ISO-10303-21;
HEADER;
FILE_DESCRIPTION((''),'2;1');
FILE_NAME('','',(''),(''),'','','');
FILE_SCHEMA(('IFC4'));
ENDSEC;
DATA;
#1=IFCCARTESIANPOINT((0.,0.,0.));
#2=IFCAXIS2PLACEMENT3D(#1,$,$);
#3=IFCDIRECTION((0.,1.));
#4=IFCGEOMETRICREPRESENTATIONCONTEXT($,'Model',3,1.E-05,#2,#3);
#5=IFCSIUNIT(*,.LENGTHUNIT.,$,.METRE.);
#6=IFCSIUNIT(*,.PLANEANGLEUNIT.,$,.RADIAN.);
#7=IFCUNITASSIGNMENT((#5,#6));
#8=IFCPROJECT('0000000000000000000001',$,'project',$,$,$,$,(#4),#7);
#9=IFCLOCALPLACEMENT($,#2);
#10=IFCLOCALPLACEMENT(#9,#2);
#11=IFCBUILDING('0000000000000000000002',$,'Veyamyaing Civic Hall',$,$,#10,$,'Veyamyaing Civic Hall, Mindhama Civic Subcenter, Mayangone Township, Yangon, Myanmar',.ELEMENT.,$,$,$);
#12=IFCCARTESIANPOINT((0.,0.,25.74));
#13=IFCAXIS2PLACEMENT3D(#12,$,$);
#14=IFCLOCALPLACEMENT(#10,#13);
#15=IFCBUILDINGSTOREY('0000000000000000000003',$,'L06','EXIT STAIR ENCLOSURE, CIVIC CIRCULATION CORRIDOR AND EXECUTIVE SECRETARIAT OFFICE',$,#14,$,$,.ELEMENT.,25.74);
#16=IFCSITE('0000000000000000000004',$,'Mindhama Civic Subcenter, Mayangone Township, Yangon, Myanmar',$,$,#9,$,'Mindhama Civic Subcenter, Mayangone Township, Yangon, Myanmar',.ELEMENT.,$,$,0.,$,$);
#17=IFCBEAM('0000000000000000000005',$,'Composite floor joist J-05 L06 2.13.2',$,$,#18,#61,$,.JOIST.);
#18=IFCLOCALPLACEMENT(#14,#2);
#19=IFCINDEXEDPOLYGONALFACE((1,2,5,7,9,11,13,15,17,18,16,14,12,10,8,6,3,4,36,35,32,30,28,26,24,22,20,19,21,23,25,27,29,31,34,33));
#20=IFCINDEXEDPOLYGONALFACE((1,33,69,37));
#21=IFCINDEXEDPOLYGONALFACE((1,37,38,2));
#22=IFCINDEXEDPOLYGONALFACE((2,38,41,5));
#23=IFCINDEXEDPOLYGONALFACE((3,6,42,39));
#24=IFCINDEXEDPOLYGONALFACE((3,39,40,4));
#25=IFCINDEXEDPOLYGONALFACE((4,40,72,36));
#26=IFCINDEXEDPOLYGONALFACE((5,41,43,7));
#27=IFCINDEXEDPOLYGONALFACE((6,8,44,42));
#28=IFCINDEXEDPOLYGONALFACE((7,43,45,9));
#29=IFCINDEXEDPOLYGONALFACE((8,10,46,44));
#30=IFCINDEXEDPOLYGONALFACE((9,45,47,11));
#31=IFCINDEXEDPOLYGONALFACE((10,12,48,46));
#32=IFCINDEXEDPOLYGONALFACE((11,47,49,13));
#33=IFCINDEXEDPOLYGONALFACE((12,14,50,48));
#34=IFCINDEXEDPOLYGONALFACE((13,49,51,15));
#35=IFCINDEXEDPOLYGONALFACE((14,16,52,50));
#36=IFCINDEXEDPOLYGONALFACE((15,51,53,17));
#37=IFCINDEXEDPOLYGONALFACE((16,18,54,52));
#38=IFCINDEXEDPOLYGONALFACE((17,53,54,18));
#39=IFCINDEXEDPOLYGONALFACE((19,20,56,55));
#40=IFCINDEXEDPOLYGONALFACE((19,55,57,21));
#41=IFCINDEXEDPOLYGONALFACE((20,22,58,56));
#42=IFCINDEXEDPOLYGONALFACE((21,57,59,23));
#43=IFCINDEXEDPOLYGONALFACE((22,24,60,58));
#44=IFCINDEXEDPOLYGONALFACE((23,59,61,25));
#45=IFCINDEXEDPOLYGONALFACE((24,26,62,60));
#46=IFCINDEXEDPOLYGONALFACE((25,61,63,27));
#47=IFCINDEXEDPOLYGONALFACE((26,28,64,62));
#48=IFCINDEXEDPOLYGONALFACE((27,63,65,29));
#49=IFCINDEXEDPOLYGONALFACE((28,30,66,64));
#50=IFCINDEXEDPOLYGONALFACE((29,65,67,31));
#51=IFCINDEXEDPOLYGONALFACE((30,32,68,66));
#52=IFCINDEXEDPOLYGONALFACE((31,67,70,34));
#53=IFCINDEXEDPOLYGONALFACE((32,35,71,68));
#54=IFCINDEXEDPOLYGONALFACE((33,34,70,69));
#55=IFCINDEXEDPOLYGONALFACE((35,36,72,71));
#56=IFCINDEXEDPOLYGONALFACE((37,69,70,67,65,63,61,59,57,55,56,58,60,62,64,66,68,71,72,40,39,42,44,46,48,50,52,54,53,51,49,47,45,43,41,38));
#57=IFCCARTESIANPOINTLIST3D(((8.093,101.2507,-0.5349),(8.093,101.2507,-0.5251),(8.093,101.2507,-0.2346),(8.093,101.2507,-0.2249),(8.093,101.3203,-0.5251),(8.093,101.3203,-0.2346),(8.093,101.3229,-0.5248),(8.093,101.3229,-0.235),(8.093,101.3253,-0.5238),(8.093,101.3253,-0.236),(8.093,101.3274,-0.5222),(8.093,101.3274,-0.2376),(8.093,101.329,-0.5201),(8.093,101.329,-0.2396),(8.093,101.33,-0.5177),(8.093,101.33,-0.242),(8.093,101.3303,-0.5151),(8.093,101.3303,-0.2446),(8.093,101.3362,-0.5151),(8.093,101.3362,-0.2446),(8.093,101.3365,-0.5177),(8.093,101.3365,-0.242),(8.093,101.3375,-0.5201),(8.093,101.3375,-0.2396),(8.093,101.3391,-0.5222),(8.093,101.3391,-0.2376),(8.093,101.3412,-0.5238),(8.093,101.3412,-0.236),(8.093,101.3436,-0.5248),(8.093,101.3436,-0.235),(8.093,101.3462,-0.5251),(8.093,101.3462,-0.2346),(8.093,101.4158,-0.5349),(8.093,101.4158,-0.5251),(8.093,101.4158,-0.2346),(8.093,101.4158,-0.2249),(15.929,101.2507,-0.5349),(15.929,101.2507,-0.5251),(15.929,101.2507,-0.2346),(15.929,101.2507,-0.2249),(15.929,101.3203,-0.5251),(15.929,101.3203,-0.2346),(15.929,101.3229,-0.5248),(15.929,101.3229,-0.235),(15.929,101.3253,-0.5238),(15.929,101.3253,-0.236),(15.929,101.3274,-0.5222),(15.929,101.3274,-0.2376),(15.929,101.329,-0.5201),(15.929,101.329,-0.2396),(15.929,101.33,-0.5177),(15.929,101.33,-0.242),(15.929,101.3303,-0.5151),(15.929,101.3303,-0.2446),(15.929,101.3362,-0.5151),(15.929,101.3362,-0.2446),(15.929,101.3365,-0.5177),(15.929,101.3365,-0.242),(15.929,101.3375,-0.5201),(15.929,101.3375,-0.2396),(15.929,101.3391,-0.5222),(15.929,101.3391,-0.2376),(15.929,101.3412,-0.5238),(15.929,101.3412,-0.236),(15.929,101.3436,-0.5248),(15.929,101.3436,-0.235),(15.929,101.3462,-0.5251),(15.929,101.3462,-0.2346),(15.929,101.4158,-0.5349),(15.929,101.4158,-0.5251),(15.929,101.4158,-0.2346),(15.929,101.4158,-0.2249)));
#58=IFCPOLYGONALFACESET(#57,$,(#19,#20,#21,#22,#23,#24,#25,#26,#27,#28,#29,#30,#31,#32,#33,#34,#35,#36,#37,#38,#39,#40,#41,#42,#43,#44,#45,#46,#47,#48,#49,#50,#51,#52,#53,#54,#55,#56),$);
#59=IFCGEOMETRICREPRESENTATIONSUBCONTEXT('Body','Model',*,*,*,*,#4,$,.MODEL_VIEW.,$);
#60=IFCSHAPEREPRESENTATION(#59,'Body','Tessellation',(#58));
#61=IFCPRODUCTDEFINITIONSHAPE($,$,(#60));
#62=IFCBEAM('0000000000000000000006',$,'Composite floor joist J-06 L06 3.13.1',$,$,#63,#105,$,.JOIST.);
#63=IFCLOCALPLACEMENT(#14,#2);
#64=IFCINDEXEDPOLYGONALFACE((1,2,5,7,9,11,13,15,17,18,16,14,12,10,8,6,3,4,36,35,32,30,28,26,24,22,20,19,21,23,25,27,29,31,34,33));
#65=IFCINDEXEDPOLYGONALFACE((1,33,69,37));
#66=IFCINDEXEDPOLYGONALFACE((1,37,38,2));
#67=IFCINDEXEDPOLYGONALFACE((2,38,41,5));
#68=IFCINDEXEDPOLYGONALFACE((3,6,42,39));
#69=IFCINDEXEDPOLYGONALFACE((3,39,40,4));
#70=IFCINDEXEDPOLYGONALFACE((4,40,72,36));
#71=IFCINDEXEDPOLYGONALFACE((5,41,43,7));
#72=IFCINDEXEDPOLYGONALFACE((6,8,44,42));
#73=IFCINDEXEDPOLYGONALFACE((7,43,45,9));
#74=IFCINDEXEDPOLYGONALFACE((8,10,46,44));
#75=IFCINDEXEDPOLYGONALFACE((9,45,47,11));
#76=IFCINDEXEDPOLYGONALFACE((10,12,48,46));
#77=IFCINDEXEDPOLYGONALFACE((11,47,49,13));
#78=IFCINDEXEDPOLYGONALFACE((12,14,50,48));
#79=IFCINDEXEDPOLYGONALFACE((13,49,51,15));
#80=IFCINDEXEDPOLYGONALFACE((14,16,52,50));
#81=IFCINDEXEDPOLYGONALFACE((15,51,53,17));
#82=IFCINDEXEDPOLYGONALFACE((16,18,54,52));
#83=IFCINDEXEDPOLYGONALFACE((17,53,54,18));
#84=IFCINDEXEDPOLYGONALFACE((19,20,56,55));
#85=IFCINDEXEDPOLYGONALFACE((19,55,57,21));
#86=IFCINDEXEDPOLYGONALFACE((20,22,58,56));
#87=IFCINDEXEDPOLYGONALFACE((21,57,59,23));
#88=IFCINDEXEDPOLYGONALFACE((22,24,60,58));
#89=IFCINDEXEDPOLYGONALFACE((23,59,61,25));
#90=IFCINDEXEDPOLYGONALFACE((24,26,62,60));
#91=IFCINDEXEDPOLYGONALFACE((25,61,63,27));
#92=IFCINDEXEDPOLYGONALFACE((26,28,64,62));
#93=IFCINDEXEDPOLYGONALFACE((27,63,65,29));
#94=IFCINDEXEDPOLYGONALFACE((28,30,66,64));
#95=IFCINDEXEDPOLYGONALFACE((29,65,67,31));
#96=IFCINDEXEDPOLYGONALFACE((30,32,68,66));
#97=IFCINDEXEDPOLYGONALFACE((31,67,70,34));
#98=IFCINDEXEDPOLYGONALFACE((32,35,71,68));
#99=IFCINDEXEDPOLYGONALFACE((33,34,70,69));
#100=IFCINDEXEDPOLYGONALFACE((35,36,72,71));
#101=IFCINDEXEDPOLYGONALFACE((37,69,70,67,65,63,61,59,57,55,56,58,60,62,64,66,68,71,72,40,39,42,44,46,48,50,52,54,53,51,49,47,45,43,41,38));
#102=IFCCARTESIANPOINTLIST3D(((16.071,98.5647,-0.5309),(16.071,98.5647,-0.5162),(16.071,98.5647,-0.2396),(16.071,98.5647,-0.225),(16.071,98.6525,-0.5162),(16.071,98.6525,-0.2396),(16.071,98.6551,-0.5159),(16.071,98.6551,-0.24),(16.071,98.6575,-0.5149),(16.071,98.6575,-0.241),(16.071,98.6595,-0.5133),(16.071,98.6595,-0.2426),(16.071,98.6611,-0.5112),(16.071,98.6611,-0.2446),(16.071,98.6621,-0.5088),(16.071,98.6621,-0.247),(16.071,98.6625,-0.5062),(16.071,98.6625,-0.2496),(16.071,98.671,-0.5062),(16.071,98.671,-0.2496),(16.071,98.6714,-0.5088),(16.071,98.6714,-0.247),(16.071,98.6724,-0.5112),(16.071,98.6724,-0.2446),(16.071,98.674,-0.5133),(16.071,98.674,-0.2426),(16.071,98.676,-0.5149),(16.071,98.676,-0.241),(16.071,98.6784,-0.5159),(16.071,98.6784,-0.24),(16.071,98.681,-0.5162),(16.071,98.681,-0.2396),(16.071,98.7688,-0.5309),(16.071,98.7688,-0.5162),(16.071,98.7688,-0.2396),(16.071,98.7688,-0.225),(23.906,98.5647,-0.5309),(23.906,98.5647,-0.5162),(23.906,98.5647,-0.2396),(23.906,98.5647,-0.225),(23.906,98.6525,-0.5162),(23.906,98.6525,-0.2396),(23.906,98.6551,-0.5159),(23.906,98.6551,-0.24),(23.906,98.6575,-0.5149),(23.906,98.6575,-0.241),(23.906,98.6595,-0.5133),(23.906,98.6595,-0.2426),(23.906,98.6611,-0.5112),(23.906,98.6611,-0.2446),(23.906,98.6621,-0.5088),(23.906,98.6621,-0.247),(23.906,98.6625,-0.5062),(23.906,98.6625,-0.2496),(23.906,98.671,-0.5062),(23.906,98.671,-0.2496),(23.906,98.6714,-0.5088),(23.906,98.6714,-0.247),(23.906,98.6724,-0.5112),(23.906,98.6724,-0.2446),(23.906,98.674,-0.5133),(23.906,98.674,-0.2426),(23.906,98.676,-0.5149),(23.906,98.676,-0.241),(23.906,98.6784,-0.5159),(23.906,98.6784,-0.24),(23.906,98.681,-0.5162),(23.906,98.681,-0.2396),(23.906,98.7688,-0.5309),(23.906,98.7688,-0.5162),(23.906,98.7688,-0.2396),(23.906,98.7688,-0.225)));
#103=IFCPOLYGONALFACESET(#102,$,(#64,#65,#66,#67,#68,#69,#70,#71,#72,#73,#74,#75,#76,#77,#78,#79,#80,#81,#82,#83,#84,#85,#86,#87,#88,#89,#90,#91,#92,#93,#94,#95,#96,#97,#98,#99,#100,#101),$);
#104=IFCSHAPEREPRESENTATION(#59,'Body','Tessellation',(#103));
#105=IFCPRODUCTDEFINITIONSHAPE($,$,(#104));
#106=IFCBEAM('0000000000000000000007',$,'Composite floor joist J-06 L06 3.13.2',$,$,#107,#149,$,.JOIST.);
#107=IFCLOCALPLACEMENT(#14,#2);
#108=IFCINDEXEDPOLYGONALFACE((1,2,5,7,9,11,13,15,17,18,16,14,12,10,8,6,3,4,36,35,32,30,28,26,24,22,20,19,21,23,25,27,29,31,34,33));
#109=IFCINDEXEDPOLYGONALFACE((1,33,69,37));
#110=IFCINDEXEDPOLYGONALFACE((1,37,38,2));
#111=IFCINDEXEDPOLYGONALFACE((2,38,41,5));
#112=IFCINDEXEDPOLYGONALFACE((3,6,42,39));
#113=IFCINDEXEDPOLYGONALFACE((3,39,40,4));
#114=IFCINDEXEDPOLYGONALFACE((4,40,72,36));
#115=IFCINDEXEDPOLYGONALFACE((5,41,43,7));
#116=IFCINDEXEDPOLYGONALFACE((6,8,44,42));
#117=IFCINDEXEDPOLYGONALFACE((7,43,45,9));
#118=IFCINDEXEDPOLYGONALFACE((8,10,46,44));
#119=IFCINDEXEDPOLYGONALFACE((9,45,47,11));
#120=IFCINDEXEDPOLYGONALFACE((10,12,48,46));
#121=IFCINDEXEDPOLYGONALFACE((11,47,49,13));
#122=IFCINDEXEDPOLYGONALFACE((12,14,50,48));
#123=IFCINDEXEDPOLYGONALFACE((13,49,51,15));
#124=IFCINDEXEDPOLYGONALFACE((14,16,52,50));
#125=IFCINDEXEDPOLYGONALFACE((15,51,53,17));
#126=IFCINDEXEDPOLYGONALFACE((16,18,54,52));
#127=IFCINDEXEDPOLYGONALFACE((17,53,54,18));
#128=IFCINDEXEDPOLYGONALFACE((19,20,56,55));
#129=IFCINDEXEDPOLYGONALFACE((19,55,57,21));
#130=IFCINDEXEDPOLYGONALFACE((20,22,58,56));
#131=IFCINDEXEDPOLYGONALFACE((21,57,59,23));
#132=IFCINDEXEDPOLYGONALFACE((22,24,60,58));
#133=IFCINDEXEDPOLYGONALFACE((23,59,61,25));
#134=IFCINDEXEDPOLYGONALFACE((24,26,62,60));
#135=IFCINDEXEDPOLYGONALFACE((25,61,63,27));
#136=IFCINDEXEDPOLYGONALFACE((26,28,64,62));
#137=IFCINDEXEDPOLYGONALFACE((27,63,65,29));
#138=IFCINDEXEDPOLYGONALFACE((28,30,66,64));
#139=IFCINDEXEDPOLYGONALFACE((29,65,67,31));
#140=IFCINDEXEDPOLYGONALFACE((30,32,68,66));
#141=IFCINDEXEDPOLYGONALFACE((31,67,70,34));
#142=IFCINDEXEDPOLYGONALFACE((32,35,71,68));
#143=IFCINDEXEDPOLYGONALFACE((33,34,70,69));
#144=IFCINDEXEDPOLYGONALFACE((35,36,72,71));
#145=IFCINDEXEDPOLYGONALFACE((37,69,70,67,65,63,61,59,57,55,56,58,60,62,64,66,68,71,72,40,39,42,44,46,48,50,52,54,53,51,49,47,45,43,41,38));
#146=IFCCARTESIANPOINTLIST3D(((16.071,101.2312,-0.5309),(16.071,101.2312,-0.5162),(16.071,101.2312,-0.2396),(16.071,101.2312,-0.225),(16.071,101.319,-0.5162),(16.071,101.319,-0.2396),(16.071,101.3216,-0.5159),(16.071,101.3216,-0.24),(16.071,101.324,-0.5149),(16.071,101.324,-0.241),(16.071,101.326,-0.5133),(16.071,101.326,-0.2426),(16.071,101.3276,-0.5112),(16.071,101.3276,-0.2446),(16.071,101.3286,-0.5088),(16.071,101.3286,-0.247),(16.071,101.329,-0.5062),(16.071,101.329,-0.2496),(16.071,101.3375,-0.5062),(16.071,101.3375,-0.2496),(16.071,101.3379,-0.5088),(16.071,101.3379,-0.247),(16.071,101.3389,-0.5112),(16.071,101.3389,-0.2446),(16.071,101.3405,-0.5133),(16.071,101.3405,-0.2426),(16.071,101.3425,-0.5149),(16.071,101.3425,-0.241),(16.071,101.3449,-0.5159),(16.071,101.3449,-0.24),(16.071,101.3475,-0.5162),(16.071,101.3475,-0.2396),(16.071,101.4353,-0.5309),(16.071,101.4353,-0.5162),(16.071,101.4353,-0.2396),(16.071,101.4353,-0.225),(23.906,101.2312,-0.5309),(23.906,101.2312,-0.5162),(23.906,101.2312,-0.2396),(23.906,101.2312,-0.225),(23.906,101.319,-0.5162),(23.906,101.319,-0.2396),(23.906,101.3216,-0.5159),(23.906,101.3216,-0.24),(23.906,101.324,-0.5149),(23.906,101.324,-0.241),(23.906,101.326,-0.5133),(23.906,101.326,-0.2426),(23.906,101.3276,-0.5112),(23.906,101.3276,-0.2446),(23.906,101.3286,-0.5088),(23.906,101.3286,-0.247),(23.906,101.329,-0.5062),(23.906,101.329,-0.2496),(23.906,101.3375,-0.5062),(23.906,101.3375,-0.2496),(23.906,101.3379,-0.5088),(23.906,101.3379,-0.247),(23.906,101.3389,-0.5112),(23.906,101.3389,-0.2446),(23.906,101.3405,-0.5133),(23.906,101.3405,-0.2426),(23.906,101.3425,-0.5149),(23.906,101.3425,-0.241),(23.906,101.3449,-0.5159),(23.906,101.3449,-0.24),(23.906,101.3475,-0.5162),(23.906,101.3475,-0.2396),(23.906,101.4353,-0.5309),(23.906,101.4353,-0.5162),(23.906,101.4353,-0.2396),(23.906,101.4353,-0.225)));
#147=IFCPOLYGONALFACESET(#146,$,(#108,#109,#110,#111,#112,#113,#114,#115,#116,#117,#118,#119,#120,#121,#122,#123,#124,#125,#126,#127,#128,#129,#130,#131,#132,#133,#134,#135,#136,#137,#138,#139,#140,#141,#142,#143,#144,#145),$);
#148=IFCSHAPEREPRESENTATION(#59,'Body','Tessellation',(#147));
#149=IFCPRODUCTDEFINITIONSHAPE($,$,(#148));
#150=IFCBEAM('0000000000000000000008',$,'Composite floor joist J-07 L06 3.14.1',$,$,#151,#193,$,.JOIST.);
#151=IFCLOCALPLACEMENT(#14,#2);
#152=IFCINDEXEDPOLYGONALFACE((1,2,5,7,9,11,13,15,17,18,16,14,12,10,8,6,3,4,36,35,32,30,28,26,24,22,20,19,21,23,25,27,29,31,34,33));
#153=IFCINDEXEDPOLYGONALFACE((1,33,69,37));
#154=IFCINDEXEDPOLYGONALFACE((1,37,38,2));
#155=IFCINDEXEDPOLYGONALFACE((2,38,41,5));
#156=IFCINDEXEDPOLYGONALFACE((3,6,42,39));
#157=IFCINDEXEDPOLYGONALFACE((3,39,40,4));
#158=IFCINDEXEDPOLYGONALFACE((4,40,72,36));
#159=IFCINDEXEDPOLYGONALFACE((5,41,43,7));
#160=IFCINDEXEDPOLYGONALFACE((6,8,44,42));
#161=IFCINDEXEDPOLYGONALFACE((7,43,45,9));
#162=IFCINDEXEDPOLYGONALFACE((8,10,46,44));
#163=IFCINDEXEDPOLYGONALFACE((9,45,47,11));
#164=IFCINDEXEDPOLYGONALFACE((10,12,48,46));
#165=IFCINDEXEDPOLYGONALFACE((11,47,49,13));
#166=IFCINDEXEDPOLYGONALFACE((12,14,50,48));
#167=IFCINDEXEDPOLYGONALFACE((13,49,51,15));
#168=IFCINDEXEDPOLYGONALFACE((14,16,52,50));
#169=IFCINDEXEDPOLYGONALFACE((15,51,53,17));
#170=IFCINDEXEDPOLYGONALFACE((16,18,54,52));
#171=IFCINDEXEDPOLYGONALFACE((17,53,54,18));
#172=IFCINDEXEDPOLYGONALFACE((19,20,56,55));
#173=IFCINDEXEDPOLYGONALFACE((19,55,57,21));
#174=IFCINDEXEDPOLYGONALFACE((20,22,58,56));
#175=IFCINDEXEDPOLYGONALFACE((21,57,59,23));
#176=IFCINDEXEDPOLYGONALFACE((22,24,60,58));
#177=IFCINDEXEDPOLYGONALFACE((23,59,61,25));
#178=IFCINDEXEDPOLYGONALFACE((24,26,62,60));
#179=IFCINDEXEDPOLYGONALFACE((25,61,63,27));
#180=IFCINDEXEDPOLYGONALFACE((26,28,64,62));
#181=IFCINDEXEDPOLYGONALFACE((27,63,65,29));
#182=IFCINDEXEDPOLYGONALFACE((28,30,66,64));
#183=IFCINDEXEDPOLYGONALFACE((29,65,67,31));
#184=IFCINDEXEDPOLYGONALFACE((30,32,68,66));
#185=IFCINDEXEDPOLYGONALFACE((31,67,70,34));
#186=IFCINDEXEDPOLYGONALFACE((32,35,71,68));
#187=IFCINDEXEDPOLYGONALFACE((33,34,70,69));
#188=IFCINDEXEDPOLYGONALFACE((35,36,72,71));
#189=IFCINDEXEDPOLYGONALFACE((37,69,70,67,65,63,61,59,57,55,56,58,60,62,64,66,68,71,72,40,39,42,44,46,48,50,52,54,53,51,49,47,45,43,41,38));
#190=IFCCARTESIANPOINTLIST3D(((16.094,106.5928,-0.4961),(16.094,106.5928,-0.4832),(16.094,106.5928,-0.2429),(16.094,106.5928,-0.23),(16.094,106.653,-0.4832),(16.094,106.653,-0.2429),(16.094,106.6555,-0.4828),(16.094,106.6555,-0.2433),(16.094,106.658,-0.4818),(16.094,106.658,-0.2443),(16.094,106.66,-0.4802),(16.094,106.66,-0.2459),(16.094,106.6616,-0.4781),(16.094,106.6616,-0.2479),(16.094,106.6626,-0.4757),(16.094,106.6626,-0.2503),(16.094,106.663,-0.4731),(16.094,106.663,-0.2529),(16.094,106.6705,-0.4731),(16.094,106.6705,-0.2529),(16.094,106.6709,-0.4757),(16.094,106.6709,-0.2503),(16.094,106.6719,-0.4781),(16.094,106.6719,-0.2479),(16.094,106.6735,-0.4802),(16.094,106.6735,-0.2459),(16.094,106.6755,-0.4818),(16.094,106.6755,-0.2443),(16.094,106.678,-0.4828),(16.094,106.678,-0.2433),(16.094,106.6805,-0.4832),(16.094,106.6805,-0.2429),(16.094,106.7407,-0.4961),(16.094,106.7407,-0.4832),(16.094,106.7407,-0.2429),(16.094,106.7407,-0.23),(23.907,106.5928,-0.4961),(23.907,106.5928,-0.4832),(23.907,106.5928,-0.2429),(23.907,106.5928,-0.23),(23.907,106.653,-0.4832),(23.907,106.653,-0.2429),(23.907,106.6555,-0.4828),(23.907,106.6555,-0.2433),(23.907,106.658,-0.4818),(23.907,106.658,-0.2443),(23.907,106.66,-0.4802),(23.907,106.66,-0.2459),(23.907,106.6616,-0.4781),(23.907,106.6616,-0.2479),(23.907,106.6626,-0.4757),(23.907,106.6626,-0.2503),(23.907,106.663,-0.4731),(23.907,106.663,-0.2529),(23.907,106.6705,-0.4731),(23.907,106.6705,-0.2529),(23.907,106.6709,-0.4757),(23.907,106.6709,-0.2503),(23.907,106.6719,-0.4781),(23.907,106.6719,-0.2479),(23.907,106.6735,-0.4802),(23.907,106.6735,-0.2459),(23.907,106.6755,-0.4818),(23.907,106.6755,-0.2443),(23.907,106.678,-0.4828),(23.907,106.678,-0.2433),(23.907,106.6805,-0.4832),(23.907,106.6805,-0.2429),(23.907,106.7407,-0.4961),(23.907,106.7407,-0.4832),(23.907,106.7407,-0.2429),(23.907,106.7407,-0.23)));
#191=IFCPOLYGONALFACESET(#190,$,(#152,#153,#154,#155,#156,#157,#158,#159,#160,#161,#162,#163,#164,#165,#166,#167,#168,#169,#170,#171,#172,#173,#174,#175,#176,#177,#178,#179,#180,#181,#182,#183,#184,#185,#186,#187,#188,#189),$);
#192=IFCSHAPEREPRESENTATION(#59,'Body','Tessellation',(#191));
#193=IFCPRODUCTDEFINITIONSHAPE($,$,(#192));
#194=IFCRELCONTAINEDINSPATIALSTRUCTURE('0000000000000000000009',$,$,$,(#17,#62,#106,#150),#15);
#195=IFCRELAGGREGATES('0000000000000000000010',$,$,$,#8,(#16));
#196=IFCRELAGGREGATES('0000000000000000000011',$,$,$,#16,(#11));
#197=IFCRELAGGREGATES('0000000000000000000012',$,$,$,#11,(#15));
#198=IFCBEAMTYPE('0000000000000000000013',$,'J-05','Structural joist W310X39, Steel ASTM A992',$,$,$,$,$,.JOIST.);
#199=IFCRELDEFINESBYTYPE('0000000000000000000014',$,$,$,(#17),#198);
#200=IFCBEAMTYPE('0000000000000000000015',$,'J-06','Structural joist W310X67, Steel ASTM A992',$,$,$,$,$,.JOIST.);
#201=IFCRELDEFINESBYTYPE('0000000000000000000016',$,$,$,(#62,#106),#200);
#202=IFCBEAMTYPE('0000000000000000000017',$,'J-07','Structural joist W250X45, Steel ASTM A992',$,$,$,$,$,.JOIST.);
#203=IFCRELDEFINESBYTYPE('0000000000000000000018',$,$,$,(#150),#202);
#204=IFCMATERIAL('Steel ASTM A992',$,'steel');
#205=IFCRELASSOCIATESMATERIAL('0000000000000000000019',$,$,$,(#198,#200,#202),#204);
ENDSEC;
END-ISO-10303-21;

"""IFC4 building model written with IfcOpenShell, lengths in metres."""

from ifc_helpers import new_model, si_unit, direction, frame, origin, origin_2d, place, context, subcontext, project, spatial, i_section, extrude, material, material_profile, profile_set, type_object, element, save


model = new_model("IFC4")

# Units and contexts
model_context = context("Model", 3, precision=1e-05, world=origin(), true_north=direction((0.0, 1.0)))
body_context = subcontext(model_context, "Body", "Model", "MODEL_VIEW")
ifc_project = project(units=[si_unit("LENGTHUNIT", "METRE"), si_unit("PLANEANGLEUNIT", "RADIAN")], contexts=[model_context])

# Site, building, storey
site_placement = place(None, origin())
site = spatial("IfcSite", under=ifc_project, at=site_placement, Name="Mindhama Civic Subcenter, Mayangone Township, Yangon, Myanmar", LongName="Mindhama Civic Subcenter, Mayangone Township, Yangon, Myanmar", CompositionType="ELEMENT", RefElevation=0.0)
building_placement = place(site_placement, origin())
building = spatial("IfcBuilding", under=site, at=building_placement, Name="Veyamyaing Civic Hall", LongName="Veyamyaing Civic Hall, Mindhama Civic Subcenter, Mayangone Township, Yangon, Myanmar", CompositionType="ELEMENT")
storey_placement = place(building_placement, frame((0.0, 0.0, 25.74)))
storey = spatial("IfcBuildingStorey", under=building, at=storey_placement, Name="L06", Description="EXIT STAIR ENCLOSURE, CIVIC CIRCULATION CORRIDOR AND EXECUTIVE SECRETARIAT OFFICE", CompositionType="ELEMENT", Elevation=25.74)

# Shared definitions
ifc_material_1 = material(Name="Steel ASTM A992", Category="steel")

# Beams
ifc_material_profile_1 = material_profile(ifc_material_1, i_section(OverallWidth=0.165, OverallDepth=0.3101, WebThickness=0.0059, FlangeThickness=0.0098, FilletRadius=0.01, at=origin_2d()), Name="W310X39")
ifc_profile_set_1 = profile_set([ifc_material_profile_1], Name="Steel ASTM A992")
beam_type_1 = type_object("IfcBeamType", Name="J-05", Description="Structural joist W310X39, Steel ASTM A992", PredefinedType="JOIST", material=ifc_profile_set_1)
beam_1_placement = place(storey_placement, frame((8.093, 101.3333, -0.3799), z_axis=(1.0, 0.0, 0.0), x_axis=(0.0, 1.0, 0.0)))
element("IfcBeam", 1, at=beam_1_placement, inside=storey, type_object=beam_type_1, Name="Composite floor joist J-05 L06 2.13.2", PredefinedType="JOIST", context=body_context, shape_type="SweptSolid", body=[
    extrude(i_section(OverallWidth=0.165, OverallDepth=0.3101, WebThickness=0.0059, FlangeThickness=0.0098, FilletRadius=0.01, at=origin_2d()), origin(), (0.0, 0.0, 1.0), 7.8359),
])
ifc_material_profile_2 = material_profile(ifc_material_1, i_section(OverallWidth=0.2041, OverallDepth=0.3059, WebThickness=0.0085, FlangeThickness=0.0146, FilletRadius=0.01, at=origin_2d()), Name="W310X67")
ifc_profile_set_2 = profile_set([ifc_material_profile_2], Name="Steel ASTM A992")
beam_type_2 = type_object("IfcBeamType", Name="J-06", Description="Structural joist W310X67, Steel ASTM A992", PredefinedType="JOIST", material=ifc_profile_set_2)
for number, where, z_axis, x_axis, name in (
    (2, (16.071, 98.6667, -0.3779), (1.0, 0.0, 0.0), (0.0, 1.0, 0.0), "Composite floor joist J-06 L06 3.13.1"),
    (3, (16.071, 101.3333, -0.3779), (1.0, 0.0, 0.0), (0.0, 1.0, 0.0), "Composite floor joist J-06 L06 3.13.2"),
):
    element("IfcBeam", number, at=place(storey_placement, frame(where, z_axis=z_axis, x_axis=x_axis)), inside=storey, type_object=beam_type_2, Name=name, PredefinedType="JOIST", context=body_context, shape_type="SweptSolid", body=[
        extrude(i_section(OverallWidth=0.2041, OverallDepth=0.3059, WebThickness=0.0085, FlangeThickness=0.0146, FilletRadius=0.01, at=origin_2d()), origin(), (0.0, 0.0, 1.0), 7.835),
    ])
ifc_material_profile_3 = material_profile(ifc_material_1, i_section(OverallWidth=0.1479, OverallDepth=0.2661, WebThickness=0.0076, FlangeThickness=0.0129, FilletRadius=0.01, at=origin_2d()), Name="W250X45")
ifc_profile_set_3 = profile_set([ifc_material_profile_3], Name="Steel ASTM A992")
beam_type_3 = type_object("IfcBeamType", Name="J-07", Description="Structural joist W250X45, Steel ASTM A992", PredefinedType="JOIST", material=ifc_profile_set_3)
beam_2_placement = place(storey_placement, frame((16.094, 106.6667, -0.363), z_axis=(1.0, 0.0, 0.0), x_axis=(0.0, 1.0, 0.0)))
element("IfcBeam", 4, at=beam_2_placement, inside=storey, type_object=beam_type_3, Name="Composite floor joist J-07 L06 3.14.1", PredefinedType="JOIST", context=body_context, shape_type="SweptSolid", body=[
    extrude(i_section(OverallWidth=0.1479, OverallDepth=0.2661, WebThickness=0.0076, FlangeThickness=0.0129, FilletRadius=0.01, at=origin_2d()), origin(), (0.0, 0.0, 1.0), 7.813),
])

save(model, "model.ifc")
